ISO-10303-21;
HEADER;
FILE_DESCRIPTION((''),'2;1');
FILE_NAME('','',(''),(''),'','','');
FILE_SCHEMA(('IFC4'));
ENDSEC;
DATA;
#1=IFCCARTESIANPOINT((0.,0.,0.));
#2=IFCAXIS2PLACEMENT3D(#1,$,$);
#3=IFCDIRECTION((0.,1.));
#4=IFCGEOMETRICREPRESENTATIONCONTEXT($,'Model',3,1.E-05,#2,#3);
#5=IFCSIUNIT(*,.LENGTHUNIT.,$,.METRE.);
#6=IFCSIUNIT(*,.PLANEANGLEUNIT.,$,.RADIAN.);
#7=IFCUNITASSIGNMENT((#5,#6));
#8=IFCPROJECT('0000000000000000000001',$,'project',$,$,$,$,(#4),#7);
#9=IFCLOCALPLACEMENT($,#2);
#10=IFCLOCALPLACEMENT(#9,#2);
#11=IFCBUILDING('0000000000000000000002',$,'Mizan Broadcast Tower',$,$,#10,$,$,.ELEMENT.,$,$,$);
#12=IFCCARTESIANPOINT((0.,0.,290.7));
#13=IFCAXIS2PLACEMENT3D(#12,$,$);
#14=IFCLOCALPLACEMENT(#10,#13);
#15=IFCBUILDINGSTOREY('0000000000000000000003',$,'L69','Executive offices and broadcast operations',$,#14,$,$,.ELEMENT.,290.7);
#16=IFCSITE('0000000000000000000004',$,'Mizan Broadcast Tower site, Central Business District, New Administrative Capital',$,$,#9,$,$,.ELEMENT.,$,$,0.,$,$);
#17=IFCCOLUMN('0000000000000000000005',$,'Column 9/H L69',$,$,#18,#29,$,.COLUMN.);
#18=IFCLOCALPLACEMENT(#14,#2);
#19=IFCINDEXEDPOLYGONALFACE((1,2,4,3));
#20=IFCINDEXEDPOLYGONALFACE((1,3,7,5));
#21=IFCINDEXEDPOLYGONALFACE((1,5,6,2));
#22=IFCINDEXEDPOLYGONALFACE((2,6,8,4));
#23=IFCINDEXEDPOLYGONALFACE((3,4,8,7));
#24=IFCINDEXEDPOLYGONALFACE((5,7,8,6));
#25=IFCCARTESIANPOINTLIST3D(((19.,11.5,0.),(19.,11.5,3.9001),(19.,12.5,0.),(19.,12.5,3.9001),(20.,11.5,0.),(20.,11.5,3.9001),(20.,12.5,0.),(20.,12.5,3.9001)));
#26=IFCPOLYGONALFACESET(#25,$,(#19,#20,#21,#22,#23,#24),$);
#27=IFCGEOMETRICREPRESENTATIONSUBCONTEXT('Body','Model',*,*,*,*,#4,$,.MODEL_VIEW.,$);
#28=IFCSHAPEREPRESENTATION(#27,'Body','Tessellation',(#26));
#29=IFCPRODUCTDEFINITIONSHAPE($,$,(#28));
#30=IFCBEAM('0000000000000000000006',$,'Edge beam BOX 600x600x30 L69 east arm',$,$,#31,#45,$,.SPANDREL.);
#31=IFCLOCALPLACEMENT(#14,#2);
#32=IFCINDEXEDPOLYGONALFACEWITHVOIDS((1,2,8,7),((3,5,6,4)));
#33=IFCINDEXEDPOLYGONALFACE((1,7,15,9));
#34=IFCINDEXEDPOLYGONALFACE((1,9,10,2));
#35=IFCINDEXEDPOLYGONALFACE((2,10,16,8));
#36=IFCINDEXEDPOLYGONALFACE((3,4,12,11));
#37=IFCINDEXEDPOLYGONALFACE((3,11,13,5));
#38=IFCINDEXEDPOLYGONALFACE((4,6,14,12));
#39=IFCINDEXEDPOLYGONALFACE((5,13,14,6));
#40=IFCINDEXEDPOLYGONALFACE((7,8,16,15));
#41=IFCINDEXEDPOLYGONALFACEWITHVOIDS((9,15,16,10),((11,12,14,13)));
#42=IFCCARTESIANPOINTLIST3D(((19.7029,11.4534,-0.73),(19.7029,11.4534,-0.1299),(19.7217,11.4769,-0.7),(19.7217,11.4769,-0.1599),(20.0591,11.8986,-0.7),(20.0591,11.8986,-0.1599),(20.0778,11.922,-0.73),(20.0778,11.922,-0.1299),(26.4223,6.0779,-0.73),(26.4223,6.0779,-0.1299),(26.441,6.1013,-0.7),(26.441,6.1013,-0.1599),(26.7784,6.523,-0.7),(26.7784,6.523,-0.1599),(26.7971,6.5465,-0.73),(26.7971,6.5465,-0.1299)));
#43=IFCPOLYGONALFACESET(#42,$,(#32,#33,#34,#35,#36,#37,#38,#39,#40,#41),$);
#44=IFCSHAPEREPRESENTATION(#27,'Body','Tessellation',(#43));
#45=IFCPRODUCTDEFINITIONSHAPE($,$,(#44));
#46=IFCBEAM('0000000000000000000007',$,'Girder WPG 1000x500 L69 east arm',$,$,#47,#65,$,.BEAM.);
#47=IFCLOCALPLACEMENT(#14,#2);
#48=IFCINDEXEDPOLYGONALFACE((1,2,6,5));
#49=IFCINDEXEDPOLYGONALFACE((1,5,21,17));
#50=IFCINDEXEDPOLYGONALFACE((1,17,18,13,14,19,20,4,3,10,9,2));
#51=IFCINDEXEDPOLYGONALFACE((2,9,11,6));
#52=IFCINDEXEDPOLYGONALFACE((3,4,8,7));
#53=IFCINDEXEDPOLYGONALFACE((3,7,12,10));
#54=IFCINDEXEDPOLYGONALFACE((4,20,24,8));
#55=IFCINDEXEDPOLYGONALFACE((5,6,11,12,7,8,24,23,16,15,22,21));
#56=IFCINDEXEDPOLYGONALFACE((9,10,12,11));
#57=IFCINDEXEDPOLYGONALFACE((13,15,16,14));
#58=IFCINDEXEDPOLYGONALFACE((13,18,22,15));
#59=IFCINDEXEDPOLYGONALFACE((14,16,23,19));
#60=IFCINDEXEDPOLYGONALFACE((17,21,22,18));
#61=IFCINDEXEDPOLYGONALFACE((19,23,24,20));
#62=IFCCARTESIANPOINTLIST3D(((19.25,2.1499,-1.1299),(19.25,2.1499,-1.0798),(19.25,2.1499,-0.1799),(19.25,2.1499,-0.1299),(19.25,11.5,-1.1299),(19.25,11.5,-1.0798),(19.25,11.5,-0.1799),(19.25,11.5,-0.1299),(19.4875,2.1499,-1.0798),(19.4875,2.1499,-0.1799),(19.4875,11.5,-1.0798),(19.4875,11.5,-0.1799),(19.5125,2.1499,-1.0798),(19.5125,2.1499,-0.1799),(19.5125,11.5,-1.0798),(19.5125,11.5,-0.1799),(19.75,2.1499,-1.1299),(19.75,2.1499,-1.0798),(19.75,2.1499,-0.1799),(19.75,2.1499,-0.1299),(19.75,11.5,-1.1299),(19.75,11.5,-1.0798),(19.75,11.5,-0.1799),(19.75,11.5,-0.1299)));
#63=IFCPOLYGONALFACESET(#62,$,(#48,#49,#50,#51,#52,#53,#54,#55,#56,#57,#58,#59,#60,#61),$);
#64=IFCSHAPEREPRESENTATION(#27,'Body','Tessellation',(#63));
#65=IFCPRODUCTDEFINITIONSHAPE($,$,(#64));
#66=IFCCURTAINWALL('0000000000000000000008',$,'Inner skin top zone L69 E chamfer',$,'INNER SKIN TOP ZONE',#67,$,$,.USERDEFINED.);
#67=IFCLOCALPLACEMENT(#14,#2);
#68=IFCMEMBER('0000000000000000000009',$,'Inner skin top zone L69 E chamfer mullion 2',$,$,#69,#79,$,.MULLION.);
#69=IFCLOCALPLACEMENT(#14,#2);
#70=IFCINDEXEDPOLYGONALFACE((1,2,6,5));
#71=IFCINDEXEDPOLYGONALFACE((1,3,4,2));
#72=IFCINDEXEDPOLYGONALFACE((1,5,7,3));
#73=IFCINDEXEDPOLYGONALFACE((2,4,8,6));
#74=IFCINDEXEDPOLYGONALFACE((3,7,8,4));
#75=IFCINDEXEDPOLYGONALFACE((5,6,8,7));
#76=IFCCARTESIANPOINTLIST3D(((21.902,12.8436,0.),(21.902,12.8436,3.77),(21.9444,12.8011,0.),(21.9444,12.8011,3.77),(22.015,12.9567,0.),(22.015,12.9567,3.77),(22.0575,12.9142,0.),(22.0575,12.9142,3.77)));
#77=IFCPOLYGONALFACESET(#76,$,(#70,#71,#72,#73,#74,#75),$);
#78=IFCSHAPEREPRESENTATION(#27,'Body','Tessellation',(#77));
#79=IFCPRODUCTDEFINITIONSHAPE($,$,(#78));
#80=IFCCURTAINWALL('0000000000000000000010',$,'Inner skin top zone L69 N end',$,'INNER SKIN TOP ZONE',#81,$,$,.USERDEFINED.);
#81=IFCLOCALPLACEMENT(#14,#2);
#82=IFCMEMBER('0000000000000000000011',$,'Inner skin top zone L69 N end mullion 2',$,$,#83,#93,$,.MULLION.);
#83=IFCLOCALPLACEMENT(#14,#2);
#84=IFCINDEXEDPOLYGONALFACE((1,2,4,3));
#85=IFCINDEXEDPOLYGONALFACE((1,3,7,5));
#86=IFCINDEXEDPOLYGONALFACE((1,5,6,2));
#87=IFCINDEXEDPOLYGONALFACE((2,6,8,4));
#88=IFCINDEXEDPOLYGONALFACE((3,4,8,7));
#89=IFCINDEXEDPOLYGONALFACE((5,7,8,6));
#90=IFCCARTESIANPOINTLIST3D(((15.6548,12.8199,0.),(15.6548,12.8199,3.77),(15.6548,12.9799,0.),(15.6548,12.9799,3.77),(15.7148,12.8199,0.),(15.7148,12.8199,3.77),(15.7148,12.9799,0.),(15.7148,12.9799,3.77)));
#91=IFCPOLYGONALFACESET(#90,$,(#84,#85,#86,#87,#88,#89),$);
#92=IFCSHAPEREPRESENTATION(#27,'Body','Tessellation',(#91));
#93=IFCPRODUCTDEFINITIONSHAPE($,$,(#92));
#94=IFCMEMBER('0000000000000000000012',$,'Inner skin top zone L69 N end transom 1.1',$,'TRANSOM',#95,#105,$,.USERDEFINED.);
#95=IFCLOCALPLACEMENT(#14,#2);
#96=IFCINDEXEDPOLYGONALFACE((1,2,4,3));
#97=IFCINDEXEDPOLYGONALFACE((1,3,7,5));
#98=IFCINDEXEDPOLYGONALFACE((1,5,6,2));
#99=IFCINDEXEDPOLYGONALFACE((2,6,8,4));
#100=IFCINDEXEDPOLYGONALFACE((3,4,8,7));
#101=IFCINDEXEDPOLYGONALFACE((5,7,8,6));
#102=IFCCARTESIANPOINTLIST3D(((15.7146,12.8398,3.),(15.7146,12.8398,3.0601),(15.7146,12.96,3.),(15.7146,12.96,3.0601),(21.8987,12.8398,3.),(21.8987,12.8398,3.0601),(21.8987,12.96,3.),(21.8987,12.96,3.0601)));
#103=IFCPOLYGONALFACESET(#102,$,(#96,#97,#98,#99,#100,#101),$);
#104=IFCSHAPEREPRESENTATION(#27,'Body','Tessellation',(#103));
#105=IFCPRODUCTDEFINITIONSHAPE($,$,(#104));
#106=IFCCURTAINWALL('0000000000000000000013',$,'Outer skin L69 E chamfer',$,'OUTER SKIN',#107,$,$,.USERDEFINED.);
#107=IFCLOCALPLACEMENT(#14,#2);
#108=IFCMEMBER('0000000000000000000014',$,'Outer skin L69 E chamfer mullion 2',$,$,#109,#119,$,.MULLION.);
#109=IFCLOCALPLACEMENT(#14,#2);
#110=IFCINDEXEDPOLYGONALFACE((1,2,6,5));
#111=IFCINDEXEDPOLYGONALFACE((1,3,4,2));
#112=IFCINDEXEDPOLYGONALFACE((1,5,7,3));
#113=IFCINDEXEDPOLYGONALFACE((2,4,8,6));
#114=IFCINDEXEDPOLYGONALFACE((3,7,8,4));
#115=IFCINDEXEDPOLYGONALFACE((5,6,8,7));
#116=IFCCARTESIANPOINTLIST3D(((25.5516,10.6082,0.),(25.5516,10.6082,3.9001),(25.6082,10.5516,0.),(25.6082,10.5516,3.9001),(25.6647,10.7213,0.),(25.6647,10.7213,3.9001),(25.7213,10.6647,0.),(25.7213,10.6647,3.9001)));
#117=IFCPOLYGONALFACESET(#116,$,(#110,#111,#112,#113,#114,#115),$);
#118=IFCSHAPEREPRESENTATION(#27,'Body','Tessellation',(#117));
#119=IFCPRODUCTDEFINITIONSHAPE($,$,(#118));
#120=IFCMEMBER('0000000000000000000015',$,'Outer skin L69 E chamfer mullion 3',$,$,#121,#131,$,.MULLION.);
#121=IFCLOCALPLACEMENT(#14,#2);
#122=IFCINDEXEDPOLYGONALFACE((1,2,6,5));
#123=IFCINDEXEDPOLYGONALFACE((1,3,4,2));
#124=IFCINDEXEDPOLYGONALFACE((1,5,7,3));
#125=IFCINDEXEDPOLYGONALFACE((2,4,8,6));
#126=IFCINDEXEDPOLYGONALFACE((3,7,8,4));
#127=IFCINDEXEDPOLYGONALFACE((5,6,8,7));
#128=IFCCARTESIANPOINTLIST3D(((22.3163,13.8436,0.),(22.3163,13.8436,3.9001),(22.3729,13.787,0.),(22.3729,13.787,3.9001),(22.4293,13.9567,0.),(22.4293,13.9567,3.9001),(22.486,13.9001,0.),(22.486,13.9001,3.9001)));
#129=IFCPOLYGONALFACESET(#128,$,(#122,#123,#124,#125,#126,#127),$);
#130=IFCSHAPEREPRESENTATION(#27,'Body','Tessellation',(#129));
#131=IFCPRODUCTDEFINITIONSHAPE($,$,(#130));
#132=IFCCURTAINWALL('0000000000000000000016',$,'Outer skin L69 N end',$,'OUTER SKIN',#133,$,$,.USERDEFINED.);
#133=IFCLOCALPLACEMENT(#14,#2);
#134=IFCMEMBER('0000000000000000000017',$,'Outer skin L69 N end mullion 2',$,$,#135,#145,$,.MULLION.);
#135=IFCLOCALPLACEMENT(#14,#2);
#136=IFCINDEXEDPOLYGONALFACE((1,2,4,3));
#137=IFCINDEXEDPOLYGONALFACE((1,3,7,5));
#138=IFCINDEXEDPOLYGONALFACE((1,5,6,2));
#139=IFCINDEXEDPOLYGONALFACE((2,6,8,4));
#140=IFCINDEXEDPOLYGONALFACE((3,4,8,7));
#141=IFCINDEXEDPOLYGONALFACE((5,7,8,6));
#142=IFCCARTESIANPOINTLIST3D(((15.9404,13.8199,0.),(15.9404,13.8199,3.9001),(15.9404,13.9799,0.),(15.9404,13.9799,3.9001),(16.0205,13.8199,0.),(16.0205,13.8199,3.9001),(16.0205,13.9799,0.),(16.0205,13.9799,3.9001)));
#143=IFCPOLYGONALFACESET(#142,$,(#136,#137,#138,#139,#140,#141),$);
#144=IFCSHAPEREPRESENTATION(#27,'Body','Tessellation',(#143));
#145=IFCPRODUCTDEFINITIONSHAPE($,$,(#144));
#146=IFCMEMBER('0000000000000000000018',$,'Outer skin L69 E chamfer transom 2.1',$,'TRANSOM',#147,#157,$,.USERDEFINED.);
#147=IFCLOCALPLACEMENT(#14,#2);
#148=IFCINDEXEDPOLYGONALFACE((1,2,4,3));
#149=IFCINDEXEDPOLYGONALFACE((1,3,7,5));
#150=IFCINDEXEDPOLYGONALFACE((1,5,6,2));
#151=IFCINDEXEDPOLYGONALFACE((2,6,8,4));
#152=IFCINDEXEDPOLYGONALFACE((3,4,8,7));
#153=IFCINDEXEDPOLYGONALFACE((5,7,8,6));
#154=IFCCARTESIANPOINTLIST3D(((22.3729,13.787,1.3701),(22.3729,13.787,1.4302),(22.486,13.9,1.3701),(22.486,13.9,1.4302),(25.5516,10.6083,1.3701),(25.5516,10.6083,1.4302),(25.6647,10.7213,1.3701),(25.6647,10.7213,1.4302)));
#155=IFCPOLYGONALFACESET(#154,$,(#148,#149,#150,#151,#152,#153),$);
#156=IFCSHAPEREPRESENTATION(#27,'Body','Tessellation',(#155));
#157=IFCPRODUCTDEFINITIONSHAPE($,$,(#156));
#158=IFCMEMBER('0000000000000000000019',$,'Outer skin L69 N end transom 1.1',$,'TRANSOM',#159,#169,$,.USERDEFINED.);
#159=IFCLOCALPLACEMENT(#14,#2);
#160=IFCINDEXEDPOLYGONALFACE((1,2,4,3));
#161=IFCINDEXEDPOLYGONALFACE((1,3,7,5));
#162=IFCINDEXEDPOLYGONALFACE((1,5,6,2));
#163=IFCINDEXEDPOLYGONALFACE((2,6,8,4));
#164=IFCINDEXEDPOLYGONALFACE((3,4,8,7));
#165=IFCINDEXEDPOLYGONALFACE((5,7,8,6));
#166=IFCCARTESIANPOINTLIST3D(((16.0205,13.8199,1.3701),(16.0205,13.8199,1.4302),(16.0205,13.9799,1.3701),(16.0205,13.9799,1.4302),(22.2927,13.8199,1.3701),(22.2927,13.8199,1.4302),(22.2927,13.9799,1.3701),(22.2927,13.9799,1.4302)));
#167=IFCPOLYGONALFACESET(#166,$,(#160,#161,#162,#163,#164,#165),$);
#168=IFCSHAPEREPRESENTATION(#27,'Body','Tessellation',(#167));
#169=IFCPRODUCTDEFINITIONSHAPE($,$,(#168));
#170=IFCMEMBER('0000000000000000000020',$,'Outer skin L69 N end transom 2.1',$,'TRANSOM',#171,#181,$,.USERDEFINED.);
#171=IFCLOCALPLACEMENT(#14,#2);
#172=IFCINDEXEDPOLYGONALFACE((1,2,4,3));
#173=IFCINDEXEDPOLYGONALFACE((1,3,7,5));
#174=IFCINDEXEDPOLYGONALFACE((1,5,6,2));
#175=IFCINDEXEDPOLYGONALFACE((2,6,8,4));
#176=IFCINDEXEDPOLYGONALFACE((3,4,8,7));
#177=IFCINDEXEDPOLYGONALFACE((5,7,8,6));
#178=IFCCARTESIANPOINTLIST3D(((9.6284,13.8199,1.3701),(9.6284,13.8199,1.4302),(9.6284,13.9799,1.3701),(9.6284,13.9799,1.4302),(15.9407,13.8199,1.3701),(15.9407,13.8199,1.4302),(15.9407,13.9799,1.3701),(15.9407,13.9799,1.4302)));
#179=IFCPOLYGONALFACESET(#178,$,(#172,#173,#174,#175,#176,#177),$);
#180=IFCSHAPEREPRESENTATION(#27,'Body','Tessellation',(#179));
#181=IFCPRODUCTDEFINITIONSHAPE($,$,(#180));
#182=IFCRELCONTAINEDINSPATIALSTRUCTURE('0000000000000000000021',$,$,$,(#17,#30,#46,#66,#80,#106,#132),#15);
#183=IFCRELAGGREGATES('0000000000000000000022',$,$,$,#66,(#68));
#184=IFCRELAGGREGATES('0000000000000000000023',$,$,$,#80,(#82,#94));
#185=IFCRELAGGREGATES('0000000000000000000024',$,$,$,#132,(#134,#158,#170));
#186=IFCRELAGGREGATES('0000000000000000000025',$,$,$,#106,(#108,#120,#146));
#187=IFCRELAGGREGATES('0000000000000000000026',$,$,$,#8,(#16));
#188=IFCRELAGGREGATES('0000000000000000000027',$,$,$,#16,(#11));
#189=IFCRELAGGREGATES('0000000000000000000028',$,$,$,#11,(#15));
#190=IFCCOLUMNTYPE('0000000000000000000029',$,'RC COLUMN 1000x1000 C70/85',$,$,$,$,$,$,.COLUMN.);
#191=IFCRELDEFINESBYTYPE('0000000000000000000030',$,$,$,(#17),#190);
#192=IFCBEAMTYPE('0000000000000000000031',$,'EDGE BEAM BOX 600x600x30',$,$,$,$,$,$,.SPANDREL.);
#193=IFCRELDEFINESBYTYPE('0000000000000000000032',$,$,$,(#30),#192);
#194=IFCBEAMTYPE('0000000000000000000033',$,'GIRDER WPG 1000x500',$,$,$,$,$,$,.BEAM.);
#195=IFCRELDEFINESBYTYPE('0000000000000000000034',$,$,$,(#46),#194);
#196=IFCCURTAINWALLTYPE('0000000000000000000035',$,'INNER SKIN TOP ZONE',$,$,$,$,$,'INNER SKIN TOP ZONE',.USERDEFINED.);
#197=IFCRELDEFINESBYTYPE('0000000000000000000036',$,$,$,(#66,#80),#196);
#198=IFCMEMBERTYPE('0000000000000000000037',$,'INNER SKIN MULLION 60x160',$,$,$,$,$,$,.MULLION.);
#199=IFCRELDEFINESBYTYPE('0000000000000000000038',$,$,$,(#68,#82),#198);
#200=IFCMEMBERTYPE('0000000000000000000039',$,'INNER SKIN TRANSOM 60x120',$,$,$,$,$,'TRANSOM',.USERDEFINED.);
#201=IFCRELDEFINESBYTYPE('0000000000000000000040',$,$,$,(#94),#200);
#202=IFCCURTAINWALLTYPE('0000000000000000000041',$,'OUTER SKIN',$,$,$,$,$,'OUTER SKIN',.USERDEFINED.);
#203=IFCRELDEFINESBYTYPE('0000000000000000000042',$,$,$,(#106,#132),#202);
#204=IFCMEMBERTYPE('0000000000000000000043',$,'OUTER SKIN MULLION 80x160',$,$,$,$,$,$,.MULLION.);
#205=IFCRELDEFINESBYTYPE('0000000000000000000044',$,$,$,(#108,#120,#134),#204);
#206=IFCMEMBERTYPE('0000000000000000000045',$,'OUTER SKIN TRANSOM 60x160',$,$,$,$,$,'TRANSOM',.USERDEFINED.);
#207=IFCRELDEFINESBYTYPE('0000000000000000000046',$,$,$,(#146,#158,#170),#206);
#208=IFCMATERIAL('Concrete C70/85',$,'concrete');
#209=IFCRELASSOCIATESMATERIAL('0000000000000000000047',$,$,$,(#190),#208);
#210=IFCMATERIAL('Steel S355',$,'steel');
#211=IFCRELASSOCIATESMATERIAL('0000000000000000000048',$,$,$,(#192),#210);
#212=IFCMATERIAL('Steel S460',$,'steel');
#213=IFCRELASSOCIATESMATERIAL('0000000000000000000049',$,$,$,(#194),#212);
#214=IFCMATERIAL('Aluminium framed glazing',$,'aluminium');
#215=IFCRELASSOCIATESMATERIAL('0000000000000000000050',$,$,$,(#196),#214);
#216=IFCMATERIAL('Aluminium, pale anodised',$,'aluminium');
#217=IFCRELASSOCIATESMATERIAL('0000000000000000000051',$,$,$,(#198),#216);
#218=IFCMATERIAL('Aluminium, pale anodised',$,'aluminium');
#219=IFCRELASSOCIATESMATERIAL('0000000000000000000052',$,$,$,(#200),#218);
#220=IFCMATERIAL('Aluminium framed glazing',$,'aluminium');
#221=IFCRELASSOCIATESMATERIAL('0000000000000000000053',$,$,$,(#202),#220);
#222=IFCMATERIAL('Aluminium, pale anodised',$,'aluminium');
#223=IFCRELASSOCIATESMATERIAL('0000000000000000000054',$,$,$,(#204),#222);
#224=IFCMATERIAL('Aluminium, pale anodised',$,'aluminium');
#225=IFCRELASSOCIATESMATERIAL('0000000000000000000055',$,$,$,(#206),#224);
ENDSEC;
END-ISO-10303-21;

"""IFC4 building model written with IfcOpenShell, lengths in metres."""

from ifc_helpers import new_model, si_unit, direction, frame, origin, origin_2d, place, context, subcontext, project, spatial, rectangle, hollow_rectangle, i_section, extrude, material, material_profile, profile_set, type_object, element, aggregate, save


model = new_model("IFC4")

# Units and contexts
model_context = context("Model", 3, precision=1e-05, world=origin(), true_north=direction((0.0, 1.0)))
body_context = subcontext(model_context, "Body", "Model", "MODEL_VIEW")
ifc_project = project(units=[si_unit("LENGTHUNIT", "METRE"), si_unit("PLANEANGLEUNIT", "RADIAN")], contexts=[model_context])

# Site, building, storey
site_placement = place(None, origin())
site = spatial("IfcSite", under=ifc_project, at=site_placement, Name="Mizan Broadcast Tower site, Central Business District, New Administrative Capital", CompositionType="ELEMENT", RefElevation=0.0)
building_placement = place(site_placement, origin())
building = spatial("IfcBuilding", under=site, at=building_placement, Name="Mizan Broadcast Tower", CompositionType="ELEMENT")
storey_placement = place(building_placement, frame((0.0, 0.0, 290.7)))
storey = spatial("IfcBuildingStorey", under=building, at=storey_placement, Name="L69", Description="Executive offices and broadcast operations", CompositionType="ELEMENT", Elevation=290.7)

# Column
ifc_material_1 = material(Name="Concrete C70/85", Category="concrete")
ifc_material_profile_1 = material_profile(ifc_material_1, rectangle(XDim=1.0, YDim=1.0, at=origin_2d()), Name="RC 1000x1000")
ifc_profile_set_1 = profile_set([ifc_material_profile_1], Name="Concrete C70/85")
column_type = type_object("IfcColumnType", Name="RC COLUMN 1000x1000 C70/85", PredefinedType="COLUMN", material=ifc_profile_set_1)
column_placement = place(storey_placement, frame((19.5, 12.0, 0.0), z_axis=(0.0, 0.0, 1.0), x_axis=(1.0, 0.0, 0.0)))
element("IfcColumn", 1, at=column_placement, inside=storey, type_object=column_type, Name="Column 9/H L69", PredefinedType="COLUMN", context=body_context, shape_type="SweptSolid", body=[
    extrude(rectangle(XDim=1.0, YDim=1.0, at=origin_2d()), origin(), (0.0, 0.0, 1.0), 3.9001),
])

# Beams
ifc_material_2 = material(Name="Steel S355", Category="steel")
ifc_material_profile_2 = material_profile(ifc_material_2, hollow_rectangle(XDim=0.6001, YDim=0.6001, WallThickness=0.03, at=origin_2d()), Name="BOX 600x600x30")
ifc_profile_set_2 = profile_set([ifc_material_profile_2], Name="Steel S355")
beam_type_1 = type_object("IfcBeamType", Name="EDGE BEAM BOX 600x600x30", PredefinedType="SPANDREL", material=ifc_profile_set_2)
beam_1_placement = place(storey_placement, frame((19.8904, 11.6877, -0.4299), z_axis=(0.780863, -0.624702, 0.0), x_axis=(0.624702, 0.780863, 0.0)))
element("IfcBeam", 2, at=beam_1_placement, inside=storey, type_object=beam_type_1, Name="Edge beam BOX 600x600x30 L69 east arm", PredefinedType="SPANDREL", context=body_context, shape_type="SweptSolid", body=[
    extrude(hollow_rectangle(XDim=0.6001, YDim=0.6001, WallThickness=0.03, at=origin_2d()), origin(), (0.0, 0.0, 1.0), 8.605),
])
ifc_material_3 = material(Name="Steel S460", Category="steel")
ifc_material_profile_3 = material_profile(ifc_material_3, i_section(OverallWidth=0.5, OverallDepth=1.0, WebThickness=0.0249, FlangeThickness=0.05, at=origin_2d()), Name="WPG 1000x500")
ifc_profile_set_3 = profile_set([ifc_material_profile_3], Name="Steel S460")
beam_type_2 = type_object("IfcBeamType", Name="GIRDER WPG 1000x500", PredefinedType="BEAM", material=ifc_profile_set_3)
beam_2_placement = place(storey_placement, frame((19.5, 11.5, -0.6299), z_axis=(0.0, -1.0, 0.0), x_axis=(1.0, 0.0, 0.0)))
element("IfcBeam", 3, at=beam_2_placement, inside=storey, type_object=beam_type_2, Name="Girder WPG 1000x500 L69 east arm", PredefinedType="BEAM", context=body_context, shape_type="SweptSolid", body=[
    extrude(i_section(OverallWidth=0.5, OverallDepth=1.0, WebThickness=0.0249, FlangeThickness=0.05, at=origin_2d()), origin(), (0.0, 0.0, 1.0), 9.3501),
])

# Curtain wall, member
ifc_material_4 = material(Name="Aluminium framed glazing", Category="aluminium")
curtain_wall_type_1 = type_object("IfcCurtainWallType", Name="INNER SKIN TOP ZONE", ElementType="INNER SKIN TOP ZONE", PredefinedType="USERDEFINED", material=ifc_material_4)
curtain_wall_1_placement = place(storey_placement, origin())
curtain_wall_1 = element("IfcCurtainWall", 4, at=curtain_wall_1_placement, inside=storey, type_object=curtain_wall_type_1, Name="Inner skin top zone L69 E chamfer", ObjectType="INNER SKIN TOP ZONE", PredefinedType="USERDEFINED")
ifc_material_5 = material(Name="Aluminium, pale anodised", Category="aluminium")
ifc_material_profile_4 = material_profile(ifc_material_5, rectangle(XDim=0.1599, YDim=0.0601, at=origin_2d()), Name="MULLION 160x60")
ifc_profile_set_4 = profile_set([ifc_material_profile_4], Name="Aluminium, pale anodised")
member_type_1 = type_object("IfcMemberType", Name="INNER SKIN MULLION 60x160", PredefinedType="MULLION", material=ifc_profile_set_4)
member_1_placement = place(storey_placement, frame((21.9797, 12.8789, 0.0), z_axis=(0.0, 0.0, 1.0), x_axis=(-0.707107, -0.707107, 0.0)))
member_1 = element("IfcMember", 5, at=member_1_placement, type_object=member_type_1, Name="Inner skin top zone L69 E chamfer mullion 2", PredefinedType="MULLION", context=body_context, shape_type="SweptSolid", body=[
    extrude(rectangle(XDim=0.1599, YDim=0.0601, at=origin_2d()), origin(), (0.0, 0.0, 1.0), 3.77),
])

# Curtain walls, members
curtain_wall_2_placement = place(storey_placement, origin())
curtain_wall_2 = element("IfcCurtainWall", 6, at=curtain_wall_2_placement, inside=storey, type_object=curtain_wall_type_1, Name="Inner skin top zone L69 N end", ObjectType="INNER SKIN TOP ZONE", PredefinedType="USERDEFINED")
member_2_placement = place(storey_placement, frame((15.6848, 12.8999, 0.0), z_axis=(0.0, 0.0, 1.0), x_axis=(0.0, -1.0, 0.0)))
member_2 = element("IfcMember", 7, at=member_2_placement, type_object=member_type_1, Name="Inner skin top zone L69 N end mullion 2", PredefinedType="MULLION", context=body_context, shape_type="SweptSolid", body=[
    extrude(rectangle(XDim=0.1599, YDim=0.0601, at=origin_2d()), origin(), (0.0, 0.0, 1.0), 3.77),
])
ifc_material_6 = material(Name="Aluminium, pale anodised", Category="aluminium")
ifc_material_profile_5 = material_profile(ifc_material_6, rectangle(XDim=0.1201, YDim=0.0601, at=origin_2d()), Name="TRANSOM 120x60")
ifc_profile_set_5 = profile_set([ifc_material_profile_5], Name="Aluminium, pale anodised")
member_type_2 = type_object("IfcMemberType", Name="INNER SKIN TRANSOM 60x120", ElementType="TRANSOM", PredefinedType="USERDEFINED", material=ifc_profile_set_5)
member_3_placement = place(storey_placement, frame((21.8987, 12.8999, 3.03), z_axis=(-1.0, 0.0, 0.0), x_axis=(0.0, -1.0, 0.0)))
member_3 = element("IfcMember", 8, at=member_3_placement, type_object=member_type_2, Name="Inner skin top zone L69 N end transom 1.1", ObjectType="TRANSOM", PredefinedType="USERDEFINED", context=body_context, shape_type="SweptSolid", body=[
    extrude(rectangle(XDim=0.1201, YDim=0.0601, at=origin_2d()), origin(), (0.0, 0.0, 1.0), 6.1841),
])
ifc_material_7 = material(Name="Aluminium framed glazing", Category="aluminium")
curtain_wall_type_2 = type_object("IfcCurtainWallType", Name="OUTER SKIN", ElementType="OUTER SKIN", PredefinedType="USERDEFINED", material=ifc_material_7)
curtain_wall_3_placement = place(storey_placement, origin())
curtain_wall_3 = element("IfcCurtainWall", 9, at=curtain_wall_3_placement, inside=storey, type_object=curtain_wall_type_2, Name="Outer skin L69 E chamfer", ObjectType="OUTER SKIN", PredefinedType="USERDEFINED")
ifc_material_8 = material(Name="Aluminium, pale anodised", Category="aluminium")
ifc_material_profile_6 = material_profile(ifc_material_8, rectangle(XDim=0.1599, YDim=0.0801, at=origin_2d()), Name="MULLION 160x80")
ifc_profile_set_6 = profile_set([ifc_material_profile_6], Name="Aluminium, pale anodised")
member_type_3 = type_object("IfcMemberType", Name="OUTER SKIN MULLION 80x160", PredefinedType="MULLION", material=ifc_profile_set_6)
member_4_placement = place(storey_placement, frame((25.6365, 10.6365, 0.0), z_axis=(0.0, 0.0, 1.0), x_axis=(-0.707107, -0.707107, 0.0)))
member_4 = element("IfcMember", 10, at=member_4_placement, type_object=member_type_3, Name="Outer skin L69 E chamfer mullion 2", PredefinedType="MULLION", context=body_context, shape_type="SweptSolid", body=[
    extrude(rectangle(XDim=0.1599, YDim=0.0801, at=origin_2d()), origin(), (0.0, 0.0, 1.0), 3.9001),
])
member_5_placement = place(storey_placement, frame((22.4011, 13.8718, 0.0), z_axis=(0.0, 0.0, 1.0), x_axis=(-0.707107, -0.707107, 0.0)))
member_5 = element("IfcMember", 11, at=member_5_placement, type_object=member_type_3, Name="Outer skin L69 E chamfer mullion 3", PredefinedType="MULLION", context=body_context, shape_type="SweptSolid", body=[
    extrude(rectangle(XDim=0.1599, YDim=0.0801, at=origin_2d()), origin(), (0.0, 0.0, 1.0), 3.9001),
])

# Curtain wall, member
curtain_wall_4_placement = place(storey_placement, origin())
curtain_wall_4 = element("IfcCurtainWall", 12, at=curtain_wall_4_placement, inside=storey, type_object=curtain_wall_type_2, Name="Outer skin L69 N end", ObjectType="OUTER SKIN", PredefinedType="USERDEFINED")
member_6_placement = place(storey_placement, frame((15.9805, 13.8999, 0.0), z_axis=(0.0, 0.0, 1.0), x_axis=(0.0, -1.0, 0.0)))
member_6 = element("IfcMember", 13, at=member_6_placement, type_object=member_type_3, Name="Outer skin L69 N end mullion 2", PredefinedType="MULLION", context=body_context, shape_type="SweptSolid", body=[
    extrude(rectangle(XDim=0.1599, YDim=0.0801, at=origin_2d()), origin(), (0.0, 0.0, 1.0), 3.9001),
])

# Members
ifc_material_9 = material(Name="Aluminium, pale anodised", Category="aluminium")
ifc_material_profile_7 = material_profile(ifc_material_9, rectangle(XDim=0.1599, YDim=0.0601, at=origin_2d()), Name="TRANSOM 160x60")
ifc_profile_set_7 = profile_set([ifc_material_profile_7], Name="Aluminium, pale anodised")
member_type_4 = type_object("IfcMemberType", Name="OUTER SKIN TRANSOM 60x160", ElementType="TRANSOM", PredefinedType="USERDEFINED", material=ifc_profile_set_7)
member_7_placement = place(storey_placement, frame((25.6082, 10.6648, 1.4001), z_axis=(-0.707107, 0.707107, 0.0), x_axis=(-0.707107, -0.707107, 0.0)))
member_7 = element("IfcMember", 14, at=member_7_placement, type_object=member_type_4, Name="Outer skin L69 E chamfer transom 2.1", ObjectType="TRANSOM", PredefinedType="USERDEFINED", context=body_context, shape_type="SweptSolid", body=[
    extrude(rectangle(XDim=0.1599, YDim=0.0601, at=origin_2d()), origin(), (0.0, 0.0, 1.0), 4.4954),
])
member_8_placement = place(storey_placement, frame((22.2927, 13.8999, 1.4001), z_axis=(-1.0, 0.0, 0.0), x_axis=(0.0, -1.0, 0.0)))
member_8 = element("IfcMember", 15, at=member_8_placement, type_object=member_type_4, Name="Outer skin L69 N end transom 1.1", ObjectType="TRANSOM", PredefinedType="USERDEFINED", context=body_context, shape_type="SweptSolid", body=[
    extrude(rectangle(XDim=0.1599, YDim=0.0601, at=origin_2d()), origin(), (0.0, 0.0, 1.0), 6.2722),
])
member_9_placement = place(storey_placement, frame((15.9407, 13.8999, 1.4001), z_axis=(-1.0, 0.0, 0.0), x_axis=(0.0, -1.0, 0.0)))
member_9 = element("IfcMember", 16, at=member_9_placement, type_object=member_type_4, Name="Outer skin L69 N end transom 2.1", ObjectType="TRANSOM", PredefinedType="USERDEFINED", context=body_context, shape_type="SweptSolid", body=[
    extrude(rectangle(XDim=0.1599, YDim=0.0601, at=origin_2d()), origin(), (0.0, 0.0, 1.0), 6.3123),
])

aggregate(curtain_wall_1, [member_1])
aggregate(curtain_wall_2, [member_2, member_3])
aggregate(curtain_wall_4, [member_6, member_8, member_9])
aggregate(curtain_wall_3, [member_4, member_5, member_7])

save(model, "model.ifc")
